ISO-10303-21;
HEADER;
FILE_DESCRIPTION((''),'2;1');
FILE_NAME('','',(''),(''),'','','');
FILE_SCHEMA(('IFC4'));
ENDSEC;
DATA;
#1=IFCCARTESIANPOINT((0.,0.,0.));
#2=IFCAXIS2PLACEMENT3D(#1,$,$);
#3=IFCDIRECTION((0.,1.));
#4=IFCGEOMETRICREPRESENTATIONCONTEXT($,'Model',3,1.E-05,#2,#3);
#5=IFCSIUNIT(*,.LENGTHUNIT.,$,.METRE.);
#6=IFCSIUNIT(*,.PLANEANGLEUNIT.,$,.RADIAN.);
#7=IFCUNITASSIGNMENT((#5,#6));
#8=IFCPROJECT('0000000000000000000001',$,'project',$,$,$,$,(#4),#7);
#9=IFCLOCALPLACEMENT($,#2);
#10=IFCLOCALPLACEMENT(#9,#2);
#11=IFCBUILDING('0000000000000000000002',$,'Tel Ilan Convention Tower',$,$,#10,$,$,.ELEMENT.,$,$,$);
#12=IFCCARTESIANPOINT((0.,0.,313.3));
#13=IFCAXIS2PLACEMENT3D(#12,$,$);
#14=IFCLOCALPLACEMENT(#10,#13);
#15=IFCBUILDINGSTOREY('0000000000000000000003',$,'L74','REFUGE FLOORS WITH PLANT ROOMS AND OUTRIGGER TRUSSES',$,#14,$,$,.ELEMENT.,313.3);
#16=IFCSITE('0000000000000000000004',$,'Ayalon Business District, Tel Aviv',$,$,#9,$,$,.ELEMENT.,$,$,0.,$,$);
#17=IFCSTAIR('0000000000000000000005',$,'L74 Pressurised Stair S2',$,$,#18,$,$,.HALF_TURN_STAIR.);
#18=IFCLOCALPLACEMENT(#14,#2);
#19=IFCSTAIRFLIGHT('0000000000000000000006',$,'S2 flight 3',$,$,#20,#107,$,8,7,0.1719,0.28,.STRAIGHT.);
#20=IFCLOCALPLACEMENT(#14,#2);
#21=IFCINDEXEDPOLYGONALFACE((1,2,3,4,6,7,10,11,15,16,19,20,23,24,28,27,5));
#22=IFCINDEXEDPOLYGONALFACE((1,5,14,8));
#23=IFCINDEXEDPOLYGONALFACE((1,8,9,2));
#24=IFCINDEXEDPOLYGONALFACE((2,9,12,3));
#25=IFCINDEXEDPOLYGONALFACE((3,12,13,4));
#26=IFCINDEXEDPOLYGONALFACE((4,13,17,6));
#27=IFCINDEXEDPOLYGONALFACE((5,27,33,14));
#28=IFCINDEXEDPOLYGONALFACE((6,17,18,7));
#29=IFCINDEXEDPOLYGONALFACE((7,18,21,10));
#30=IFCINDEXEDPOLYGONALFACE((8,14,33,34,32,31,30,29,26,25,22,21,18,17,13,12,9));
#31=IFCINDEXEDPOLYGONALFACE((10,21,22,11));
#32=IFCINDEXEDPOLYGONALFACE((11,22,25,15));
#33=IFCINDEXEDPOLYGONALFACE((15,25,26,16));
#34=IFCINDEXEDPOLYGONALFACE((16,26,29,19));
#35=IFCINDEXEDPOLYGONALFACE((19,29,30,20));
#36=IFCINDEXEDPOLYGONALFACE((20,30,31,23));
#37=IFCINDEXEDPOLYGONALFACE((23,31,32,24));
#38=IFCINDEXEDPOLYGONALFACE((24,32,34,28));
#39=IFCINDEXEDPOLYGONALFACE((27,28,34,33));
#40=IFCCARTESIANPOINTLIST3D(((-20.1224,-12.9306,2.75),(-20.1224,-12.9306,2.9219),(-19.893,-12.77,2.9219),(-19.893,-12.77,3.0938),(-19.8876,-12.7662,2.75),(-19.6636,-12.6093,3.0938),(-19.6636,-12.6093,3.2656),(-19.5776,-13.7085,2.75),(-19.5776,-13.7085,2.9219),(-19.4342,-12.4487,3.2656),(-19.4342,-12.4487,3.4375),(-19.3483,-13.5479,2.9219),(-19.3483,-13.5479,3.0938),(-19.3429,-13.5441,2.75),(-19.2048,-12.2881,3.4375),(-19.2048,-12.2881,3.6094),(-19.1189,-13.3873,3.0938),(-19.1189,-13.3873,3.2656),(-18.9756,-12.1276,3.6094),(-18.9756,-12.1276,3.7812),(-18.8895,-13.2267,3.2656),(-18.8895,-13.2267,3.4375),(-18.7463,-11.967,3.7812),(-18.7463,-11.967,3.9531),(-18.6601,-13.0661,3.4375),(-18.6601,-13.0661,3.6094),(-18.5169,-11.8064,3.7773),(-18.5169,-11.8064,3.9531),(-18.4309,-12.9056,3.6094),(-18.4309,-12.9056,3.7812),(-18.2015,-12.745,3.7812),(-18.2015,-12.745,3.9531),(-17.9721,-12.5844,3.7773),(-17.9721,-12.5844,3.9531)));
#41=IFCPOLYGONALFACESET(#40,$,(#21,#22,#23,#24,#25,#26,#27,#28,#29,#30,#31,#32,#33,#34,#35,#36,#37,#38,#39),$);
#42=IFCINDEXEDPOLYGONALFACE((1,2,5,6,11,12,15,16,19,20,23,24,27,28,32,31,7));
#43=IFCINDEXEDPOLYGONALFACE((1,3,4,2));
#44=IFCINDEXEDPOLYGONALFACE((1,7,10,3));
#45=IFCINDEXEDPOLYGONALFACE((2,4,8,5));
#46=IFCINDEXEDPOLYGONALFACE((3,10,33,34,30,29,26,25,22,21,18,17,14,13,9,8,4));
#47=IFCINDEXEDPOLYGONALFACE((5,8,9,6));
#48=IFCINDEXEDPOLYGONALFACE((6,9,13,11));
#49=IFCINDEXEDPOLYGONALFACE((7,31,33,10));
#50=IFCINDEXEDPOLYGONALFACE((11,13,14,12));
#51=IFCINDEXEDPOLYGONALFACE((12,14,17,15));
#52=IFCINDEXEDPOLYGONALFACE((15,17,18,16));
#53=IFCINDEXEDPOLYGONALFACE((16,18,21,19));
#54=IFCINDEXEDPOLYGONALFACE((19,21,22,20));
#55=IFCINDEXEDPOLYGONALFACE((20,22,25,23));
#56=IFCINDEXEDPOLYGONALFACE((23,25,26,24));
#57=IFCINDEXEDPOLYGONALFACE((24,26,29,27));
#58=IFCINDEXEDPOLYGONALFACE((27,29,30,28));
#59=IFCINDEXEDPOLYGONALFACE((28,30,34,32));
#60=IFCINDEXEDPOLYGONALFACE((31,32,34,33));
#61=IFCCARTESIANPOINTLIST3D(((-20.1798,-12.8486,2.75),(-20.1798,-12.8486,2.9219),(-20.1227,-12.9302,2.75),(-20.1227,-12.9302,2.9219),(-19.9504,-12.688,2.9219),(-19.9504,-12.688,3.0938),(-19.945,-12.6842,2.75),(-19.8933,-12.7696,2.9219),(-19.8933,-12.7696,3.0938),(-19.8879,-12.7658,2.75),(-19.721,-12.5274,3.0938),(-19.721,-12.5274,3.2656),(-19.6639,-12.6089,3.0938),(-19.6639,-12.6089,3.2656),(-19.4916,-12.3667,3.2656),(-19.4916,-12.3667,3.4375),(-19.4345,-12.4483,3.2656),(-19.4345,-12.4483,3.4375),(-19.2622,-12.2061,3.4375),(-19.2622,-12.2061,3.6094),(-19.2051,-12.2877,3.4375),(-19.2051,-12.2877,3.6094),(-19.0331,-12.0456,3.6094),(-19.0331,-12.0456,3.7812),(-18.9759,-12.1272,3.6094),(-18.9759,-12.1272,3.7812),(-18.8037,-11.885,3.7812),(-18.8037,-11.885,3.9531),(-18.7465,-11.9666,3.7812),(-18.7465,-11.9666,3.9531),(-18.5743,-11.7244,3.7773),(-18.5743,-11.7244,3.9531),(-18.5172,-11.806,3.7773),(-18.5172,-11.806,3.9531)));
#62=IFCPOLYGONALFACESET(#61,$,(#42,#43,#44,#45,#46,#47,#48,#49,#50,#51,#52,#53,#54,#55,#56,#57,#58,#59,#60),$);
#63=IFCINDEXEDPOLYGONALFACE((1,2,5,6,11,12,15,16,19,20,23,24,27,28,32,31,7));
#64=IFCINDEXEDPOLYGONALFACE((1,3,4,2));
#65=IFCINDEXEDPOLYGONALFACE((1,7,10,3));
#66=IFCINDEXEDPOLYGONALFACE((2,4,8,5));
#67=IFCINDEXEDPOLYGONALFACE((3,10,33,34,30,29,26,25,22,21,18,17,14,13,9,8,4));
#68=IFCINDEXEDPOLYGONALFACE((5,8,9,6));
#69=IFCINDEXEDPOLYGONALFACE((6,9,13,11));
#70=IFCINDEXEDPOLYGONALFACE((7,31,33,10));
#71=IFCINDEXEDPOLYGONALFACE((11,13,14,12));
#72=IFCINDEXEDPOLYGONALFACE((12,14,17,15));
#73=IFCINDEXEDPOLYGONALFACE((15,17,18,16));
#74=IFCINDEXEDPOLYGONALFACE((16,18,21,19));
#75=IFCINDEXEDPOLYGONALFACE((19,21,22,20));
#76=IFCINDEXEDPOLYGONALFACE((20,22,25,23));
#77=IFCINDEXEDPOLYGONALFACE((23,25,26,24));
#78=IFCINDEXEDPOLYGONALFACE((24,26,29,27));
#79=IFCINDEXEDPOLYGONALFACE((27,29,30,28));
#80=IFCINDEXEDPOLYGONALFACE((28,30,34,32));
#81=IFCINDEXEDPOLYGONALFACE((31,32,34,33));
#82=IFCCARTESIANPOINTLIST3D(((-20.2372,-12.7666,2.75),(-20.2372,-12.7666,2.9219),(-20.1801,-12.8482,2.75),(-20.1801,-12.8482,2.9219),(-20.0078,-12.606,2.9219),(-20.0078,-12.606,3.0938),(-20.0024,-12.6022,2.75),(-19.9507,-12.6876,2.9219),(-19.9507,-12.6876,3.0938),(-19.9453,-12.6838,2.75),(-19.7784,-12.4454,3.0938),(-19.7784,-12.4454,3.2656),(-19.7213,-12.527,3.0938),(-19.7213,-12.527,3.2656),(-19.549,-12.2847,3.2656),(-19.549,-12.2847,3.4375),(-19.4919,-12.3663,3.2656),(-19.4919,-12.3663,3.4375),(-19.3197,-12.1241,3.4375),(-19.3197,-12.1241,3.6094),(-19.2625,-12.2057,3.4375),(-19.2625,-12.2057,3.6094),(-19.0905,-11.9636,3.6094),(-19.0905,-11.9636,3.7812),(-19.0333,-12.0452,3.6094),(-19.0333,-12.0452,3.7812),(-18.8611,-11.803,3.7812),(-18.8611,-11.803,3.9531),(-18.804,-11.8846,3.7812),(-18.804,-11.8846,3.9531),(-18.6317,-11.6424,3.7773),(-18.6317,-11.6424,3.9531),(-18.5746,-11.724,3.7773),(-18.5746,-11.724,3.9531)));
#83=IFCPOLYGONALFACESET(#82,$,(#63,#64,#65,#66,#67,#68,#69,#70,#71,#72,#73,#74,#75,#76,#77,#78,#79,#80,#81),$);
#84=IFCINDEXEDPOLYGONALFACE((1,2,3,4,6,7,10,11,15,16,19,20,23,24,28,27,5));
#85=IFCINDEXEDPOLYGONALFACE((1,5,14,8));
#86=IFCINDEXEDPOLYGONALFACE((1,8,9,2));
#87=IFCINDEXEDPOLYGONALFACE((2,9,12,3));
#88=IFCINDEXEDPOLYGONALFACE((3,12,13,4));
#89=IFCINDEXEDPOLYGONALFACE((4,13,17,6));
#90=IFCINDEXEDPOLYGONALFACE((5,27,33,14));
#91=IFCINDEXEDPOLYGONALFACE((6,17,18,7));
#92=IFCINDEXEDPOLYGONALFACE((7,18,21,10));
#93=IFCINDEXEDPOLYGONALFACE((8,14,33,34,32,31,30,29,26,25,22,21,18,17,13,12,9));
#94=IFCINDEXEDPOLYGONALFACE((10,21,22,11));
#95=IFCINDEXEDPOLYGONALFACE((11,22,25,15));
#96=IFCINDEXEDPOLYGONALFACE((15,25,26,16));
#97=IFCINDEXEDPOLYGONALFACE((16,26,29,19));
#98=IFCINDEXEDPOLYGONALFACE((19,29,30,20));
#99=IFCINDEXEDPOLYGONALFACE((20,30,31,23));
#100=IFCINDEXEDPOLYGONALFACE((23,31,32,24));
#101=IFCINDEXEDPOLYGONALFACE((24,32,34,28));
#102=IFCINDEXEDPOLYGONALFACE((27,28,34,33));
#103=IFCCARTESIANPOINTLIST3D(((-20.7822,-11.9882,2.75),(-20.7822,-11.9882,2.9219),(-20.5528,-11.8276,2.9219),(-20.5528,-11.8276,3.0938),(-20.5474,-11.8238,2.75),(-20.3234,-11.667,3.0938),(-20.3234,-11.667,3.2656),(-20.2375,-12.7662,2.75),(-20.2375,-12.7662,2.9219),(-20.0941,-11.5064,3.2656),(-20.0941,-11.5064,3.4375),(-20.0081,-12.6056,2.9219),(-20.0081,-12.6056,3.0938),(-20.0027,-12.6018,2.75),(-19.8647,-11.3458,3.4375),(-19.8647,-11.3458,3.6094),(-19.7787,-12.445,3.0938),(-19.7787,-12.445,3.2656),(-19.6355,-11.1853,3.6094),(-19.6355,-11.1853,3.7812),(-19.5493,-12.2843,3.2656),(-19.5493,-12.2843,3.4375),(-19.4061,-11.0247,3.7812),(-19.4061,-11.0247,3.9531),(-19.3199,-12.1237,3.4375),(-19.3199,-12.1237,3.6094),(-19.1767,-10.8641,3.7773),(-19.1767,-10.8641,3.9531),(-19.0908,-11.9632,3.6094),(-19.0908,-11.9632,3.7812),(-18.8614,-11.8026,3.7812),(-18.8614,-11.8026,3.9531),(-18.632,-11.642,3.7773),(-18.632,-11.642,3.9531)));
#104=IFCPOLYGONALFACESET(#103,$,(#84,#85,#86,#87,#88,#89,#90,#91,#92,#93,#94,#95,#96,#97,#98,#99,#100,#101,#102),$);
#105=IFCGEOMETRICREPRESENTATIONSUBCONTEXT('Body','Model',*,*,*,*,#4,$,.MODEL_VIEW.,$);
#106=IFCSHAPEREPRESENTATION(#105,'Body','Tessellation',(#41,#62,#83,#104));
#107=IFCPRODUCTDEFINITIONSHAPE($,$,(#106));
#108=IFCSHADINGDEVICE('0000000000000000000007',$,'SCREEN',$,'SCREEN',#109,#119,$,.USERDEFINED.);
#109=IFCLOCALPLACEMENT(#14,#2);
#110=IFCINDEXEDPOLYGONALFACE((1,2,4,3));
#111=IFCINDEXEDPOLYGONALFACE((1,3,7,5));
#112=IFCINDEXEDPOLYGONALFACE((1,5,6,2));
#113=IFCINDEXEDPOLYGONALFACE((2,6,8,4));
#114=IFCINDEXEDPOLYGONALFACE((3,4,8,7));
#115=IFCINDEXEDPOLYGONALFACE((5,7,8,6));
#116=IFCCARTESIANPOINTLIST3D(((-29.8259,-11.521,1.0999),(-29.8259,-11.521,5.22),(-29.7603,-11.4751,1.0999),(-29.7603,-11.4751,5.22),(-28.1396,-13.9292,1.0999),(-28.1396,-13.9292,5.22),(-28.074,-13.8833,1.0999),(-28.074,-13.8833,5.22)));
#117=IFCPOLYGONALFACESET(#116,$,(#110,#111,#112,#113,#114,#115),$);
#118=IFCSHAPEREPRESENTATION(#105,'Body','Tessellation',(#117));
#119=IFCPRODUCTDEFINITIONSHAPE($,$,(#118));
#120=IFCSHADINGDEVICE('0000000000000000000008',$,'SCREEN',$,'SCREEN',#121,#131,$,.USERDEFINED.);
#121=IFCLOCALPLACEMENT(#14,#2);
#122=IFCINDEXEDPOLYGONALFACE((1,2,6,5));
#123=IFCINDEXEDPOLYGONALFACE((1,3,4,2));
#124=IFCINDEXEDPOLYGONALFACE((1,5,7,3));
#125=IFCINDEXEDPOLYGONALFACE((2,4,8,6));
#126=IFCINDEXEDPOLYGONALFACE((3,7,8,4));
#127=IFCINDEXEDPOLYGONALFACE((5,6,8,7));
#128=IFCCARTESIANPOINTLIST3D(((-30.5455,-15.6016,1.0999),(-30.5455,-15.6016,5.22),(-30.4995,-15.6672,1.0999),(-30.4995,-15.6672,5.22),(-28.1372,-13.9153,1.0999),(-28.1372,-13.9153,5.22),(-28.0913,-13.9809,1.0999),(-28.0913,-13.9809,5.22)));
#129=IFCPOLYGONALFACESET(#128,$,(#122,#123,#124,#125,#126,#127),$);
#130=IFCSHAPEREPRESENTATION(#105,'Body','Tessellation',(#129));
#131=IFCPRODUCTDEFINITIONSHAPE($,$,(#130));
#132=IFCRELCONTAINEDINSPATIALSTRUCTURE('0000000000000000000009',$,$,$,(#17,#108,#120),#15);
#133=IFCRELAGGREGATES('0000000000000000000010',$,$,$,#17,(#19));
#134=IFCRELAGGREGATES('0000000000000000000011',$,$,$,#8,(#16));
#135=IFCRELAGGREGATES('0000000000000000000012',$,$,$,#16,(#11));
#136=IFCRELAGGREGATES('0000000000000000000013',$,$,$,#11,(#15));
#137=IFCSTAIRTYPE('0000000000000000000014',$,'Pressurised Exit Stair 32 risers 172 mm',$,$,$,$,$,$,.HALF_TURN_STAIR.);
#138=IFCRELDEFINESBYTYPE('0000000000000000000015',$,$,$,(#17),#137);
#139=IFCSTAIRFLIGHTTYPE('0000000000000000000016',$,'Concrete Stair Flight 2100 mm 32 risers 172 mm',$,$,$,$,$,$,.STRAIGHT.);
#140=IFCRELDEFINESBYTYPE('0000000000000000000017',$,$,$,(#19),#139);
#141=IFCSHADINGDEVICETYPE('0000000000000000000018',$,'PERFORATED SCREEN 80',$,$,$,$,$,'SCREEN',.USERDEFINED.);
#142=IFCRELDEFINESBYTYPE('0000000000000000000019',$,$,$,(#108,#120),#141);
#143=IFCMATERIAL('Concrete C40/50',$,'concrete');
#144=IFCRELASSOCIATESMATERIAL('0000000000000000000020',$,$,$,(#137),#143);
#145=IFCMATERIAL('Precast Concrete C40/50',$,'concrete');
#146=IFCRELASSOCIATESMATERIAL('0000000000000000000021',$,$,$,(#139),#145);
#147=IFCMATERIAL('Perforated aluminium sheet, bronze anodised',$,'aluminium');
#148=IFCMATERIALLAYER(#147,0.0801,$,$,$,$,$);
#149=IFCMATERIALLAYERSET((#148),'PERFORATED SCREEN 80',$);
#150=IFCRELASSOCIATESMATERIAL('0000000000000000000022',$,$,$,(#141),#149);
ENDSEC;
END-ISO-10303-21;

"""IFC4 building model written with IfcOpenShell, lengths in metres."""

from ifc_helpers import new_model, si_unit, direction, frame, origin, origin_2d, place, context, subcontext, project, spatial, polyline, rectangle, outline, extrude, material, layer, layer_set, type_object, element, aggregate, save


model = new_model("IFC4")

# Units and contexts
model_context = context("Model", 3, precision=1e-05, world=origin(), true_north=direction((0.0, 1.0)))
body_context = subcontext(model_context, "Body", "Model", "MODEL_VIEW")
ifc_project = project(units=[si_unit("LENGTHUNIT", "METRE"), si_unit("PLANEANGLEUNIT", "RADIAN")], contexts=[model_context])

# Site, building, storey
site_placement = place(None, origin())
site = spatial("IfcSite", under=ifc_project, at=site_placement, Name="Ayalon Business District, Tel Aviv", CompositionType="ELEMENT", RefElevation=0.0)
building_placement = place(site_placement, origin())
building = spatial("IfcBuilding", under=site, at=building_placement, Name="Tel Ilan Convention Tower", CompositionType="ELEMENT")
storey_placement = place(building_placement, frame((0.0, 0.0, 313.3)))
storey = spatial("IfcBuildingStorey", under=building, at=storey_placement, Name="L74", Description="REFUGE FLOORS WITH PLANT ROOMS AND OUTRIGGER TRUSSES", CompositionType="ELEMENT", Elevation=313.3)

# Stair, stair flight
ifc_material_1 = material(Name="Concrete C40/50", Category="concrete")
stair_type = type_object("IfcStairType", Name="Pressurised Exit Stair 32 risers 172 mm", PredefinedType="HALF_TURN_STAIR", material=ifc_material_1)
stair_placement = place(storey_placement, origin())
stair = element("IfcStair", 1, at=stair_placement, inside=storey, type_object=stair_type, Name="L74 Pressurised Stair S2", PredefinedType="HALF_TURN_STAIR")
ifc_material_2 = material(Name="Precast Concrete C40/50", Category="concrete")
stair_flight_type = type_object("IfcStairFlightType", Name="Concrete Stair Flight 2100 mm 32 risers 172 mm", PredefinedType="STRAIGHT", material=ifc_material_2)
stair_flight_1_placement = place(storey_placement, frame((-20.1799, -12.8484, 2.75), z_axis=(0.0, 0.0, 1.0), x_axis=(0.819152, 0.573576, 0.0)))
stair_flight_1 = element("IfcStairFlight", 2, at=stair_flight_1_placement, type_object=stair_flight_type, Name="S2 flight 3", NumberOfRisers=8, NumberOfTreads=7, PredefinedType="STRAIGHT", RiserHeight=0.1719, TreadLength=0.28, context=body_context, shape_type="SweptSolid", body=[
    extrude(outline(polyline([(0.0, 0.0), (0.0, 0.1719), (0.28, 0.1719), (0.28, 0.3438), (0.5601, 0.3438), (0.5601, 0.5156), (0.8401, 0.5156), (0.8401, 0.6875), (1.1201, 0.6875), (1.1201, 0.8594), (1.3999, 0.8594), (1.3999, 1.0312), (1.6799, 1.0312), (1.6799, 1.2031), (1.96, 1.2031), (1.96, 1.375), (1.96, 1.0273), (0.2866, 0.0), (0.0, 0.0)])), frame((0.0, -0.1003, 0.0), z_axis=(0.0, -1.0, 0.0), x_axis=(1.0, 0.0, 0.0)), (0.0, 0.0, 1.0), 0.9497),
    extrude(outline(polyline([(0.0, 0.0), (0.0, 0.1719), (0.28, 0.1719), (0.28, 0.3438), (0.5601, 0.3438), (0.5601, 0.5156), (0.8401, 0.5156), (0.8401, 0.6875), (1.1201, 0.6875), (1.1201, 0.8594), (1.3999, 0.8594), (1.3999, 1.0312), (1.6799, 1.0312), (1.6799, 1.2031), (1.96, 1.2031), (1.96, 1.375), (1.96, 1.0273), (0.2866, 0.0), (0.0, 0.0)])), frame((0.0, -0.0002, 0.0), z_axis=(0.0, -1.0, 0.0), x_axis=(1.0, 0.0, 0.0)), (0.0, 0.0, 1.0), 0.0996),
    extrude(outline(polyline([(0.0, 0.0), (0.0, 0.1719), (0.28, 0.1719), (0.28, 0.3438), (0.5601, 0.3438), (0.5601, 0.5156), (0.8401, 0.5156), (0.8401, 0.6875), (1.1201, 0.6875), (1.1201, 0.8594), (1.3999, 0.8594), (1.3999, 1.0312), (1.6799, 1.0312), (1.6799, 1.2031), (1.96, 1.2031), (1.96, 1.375), (1.96, 1.0273), (0.2866, 0.0), (0.0, 0.0)])), frame((0.0, 0.0999, 0.0), z_axis=(0.0, -1.0, 0.0), x_axis=(1.0, 0.0, 0.0)), (0.0, 0.0, 1.0), 0.0996),
    extrude(outline(polyline([(0.0, 0.0), (0.0, 0.1719), (0.28, 0.1719), (0.28, 0.3438), (0.5601, 0.3438), (0.5601, 0.5156), (0.8401, 0.5156), (0.8401, 0.6875), (1.1201, 0.6875), (1.1201, 0.8594), (1.3999, 0.8594), (1.3999, 1.0312), (1.6799, 1.0312), (1.6799, 1.2031), (1.96, 1.2031), (1.96, 1.375), (1.96, 1.0273), (0.2866, 0.0), (0.0, 0.0)])), frame((0.0, 1.05, 0.0), z_axis=(0.0, -1.0, 0.0), x_axis=(1.0, 0.0, 0.0)), (0.0, 0.0, 1.0), 0.9497),
])
aggregate(stair, [stair_flight_1])

# Shading devices
ifc_material_3 = material(Name="Perforated aluminium sheet, bronze anodised", Category="aluminium")
ifc_layer_1 = layer(ifc_material_3, 0.0801)
ifc_layer_set_1 = layer_set([ifc_layer_1], Name="PERFORATED SCREEN 80")
shading_device_type_1 = type_object("IfcShadingDeviceType", Name="PERFORATED SCREEN 80", ElementType="SCREEN", PredefinedType="USERDEFINED", material=ifc_layer_set_1)
for number, where, z_axis, x_axis, name in (
    (3, (-28.95, -12.7021, 1.0999), (0.0, 0.0, 1.0), (0.573576, -0.819152, 0.0), "SCREEN"),
    (4, (-29.3184, -14.7913, 1.0999), (0.0, 0.0, 1.0), (-0.819152, -0.573576, 0.0), "SCREEN"),
):
    element("IfcShadingDevice", number, at=place(storey_placement, frame(where, z_axis=z_axis, x_axis=x_axis)), inside=storey, type_object=shading_device_type_1, Name=name, ObjectType="SCREEN", PredefinedType="USERDEFINED", context=body_context, shape_type="SweptSolid", body=[
        extrude(rectangle(XDim=2.9399, YDim=0.0801, at=origin_2d()), origin(), (0.0, 0.0, 1.0), 4.1201),
    ])

save(model, "model.ifc")
